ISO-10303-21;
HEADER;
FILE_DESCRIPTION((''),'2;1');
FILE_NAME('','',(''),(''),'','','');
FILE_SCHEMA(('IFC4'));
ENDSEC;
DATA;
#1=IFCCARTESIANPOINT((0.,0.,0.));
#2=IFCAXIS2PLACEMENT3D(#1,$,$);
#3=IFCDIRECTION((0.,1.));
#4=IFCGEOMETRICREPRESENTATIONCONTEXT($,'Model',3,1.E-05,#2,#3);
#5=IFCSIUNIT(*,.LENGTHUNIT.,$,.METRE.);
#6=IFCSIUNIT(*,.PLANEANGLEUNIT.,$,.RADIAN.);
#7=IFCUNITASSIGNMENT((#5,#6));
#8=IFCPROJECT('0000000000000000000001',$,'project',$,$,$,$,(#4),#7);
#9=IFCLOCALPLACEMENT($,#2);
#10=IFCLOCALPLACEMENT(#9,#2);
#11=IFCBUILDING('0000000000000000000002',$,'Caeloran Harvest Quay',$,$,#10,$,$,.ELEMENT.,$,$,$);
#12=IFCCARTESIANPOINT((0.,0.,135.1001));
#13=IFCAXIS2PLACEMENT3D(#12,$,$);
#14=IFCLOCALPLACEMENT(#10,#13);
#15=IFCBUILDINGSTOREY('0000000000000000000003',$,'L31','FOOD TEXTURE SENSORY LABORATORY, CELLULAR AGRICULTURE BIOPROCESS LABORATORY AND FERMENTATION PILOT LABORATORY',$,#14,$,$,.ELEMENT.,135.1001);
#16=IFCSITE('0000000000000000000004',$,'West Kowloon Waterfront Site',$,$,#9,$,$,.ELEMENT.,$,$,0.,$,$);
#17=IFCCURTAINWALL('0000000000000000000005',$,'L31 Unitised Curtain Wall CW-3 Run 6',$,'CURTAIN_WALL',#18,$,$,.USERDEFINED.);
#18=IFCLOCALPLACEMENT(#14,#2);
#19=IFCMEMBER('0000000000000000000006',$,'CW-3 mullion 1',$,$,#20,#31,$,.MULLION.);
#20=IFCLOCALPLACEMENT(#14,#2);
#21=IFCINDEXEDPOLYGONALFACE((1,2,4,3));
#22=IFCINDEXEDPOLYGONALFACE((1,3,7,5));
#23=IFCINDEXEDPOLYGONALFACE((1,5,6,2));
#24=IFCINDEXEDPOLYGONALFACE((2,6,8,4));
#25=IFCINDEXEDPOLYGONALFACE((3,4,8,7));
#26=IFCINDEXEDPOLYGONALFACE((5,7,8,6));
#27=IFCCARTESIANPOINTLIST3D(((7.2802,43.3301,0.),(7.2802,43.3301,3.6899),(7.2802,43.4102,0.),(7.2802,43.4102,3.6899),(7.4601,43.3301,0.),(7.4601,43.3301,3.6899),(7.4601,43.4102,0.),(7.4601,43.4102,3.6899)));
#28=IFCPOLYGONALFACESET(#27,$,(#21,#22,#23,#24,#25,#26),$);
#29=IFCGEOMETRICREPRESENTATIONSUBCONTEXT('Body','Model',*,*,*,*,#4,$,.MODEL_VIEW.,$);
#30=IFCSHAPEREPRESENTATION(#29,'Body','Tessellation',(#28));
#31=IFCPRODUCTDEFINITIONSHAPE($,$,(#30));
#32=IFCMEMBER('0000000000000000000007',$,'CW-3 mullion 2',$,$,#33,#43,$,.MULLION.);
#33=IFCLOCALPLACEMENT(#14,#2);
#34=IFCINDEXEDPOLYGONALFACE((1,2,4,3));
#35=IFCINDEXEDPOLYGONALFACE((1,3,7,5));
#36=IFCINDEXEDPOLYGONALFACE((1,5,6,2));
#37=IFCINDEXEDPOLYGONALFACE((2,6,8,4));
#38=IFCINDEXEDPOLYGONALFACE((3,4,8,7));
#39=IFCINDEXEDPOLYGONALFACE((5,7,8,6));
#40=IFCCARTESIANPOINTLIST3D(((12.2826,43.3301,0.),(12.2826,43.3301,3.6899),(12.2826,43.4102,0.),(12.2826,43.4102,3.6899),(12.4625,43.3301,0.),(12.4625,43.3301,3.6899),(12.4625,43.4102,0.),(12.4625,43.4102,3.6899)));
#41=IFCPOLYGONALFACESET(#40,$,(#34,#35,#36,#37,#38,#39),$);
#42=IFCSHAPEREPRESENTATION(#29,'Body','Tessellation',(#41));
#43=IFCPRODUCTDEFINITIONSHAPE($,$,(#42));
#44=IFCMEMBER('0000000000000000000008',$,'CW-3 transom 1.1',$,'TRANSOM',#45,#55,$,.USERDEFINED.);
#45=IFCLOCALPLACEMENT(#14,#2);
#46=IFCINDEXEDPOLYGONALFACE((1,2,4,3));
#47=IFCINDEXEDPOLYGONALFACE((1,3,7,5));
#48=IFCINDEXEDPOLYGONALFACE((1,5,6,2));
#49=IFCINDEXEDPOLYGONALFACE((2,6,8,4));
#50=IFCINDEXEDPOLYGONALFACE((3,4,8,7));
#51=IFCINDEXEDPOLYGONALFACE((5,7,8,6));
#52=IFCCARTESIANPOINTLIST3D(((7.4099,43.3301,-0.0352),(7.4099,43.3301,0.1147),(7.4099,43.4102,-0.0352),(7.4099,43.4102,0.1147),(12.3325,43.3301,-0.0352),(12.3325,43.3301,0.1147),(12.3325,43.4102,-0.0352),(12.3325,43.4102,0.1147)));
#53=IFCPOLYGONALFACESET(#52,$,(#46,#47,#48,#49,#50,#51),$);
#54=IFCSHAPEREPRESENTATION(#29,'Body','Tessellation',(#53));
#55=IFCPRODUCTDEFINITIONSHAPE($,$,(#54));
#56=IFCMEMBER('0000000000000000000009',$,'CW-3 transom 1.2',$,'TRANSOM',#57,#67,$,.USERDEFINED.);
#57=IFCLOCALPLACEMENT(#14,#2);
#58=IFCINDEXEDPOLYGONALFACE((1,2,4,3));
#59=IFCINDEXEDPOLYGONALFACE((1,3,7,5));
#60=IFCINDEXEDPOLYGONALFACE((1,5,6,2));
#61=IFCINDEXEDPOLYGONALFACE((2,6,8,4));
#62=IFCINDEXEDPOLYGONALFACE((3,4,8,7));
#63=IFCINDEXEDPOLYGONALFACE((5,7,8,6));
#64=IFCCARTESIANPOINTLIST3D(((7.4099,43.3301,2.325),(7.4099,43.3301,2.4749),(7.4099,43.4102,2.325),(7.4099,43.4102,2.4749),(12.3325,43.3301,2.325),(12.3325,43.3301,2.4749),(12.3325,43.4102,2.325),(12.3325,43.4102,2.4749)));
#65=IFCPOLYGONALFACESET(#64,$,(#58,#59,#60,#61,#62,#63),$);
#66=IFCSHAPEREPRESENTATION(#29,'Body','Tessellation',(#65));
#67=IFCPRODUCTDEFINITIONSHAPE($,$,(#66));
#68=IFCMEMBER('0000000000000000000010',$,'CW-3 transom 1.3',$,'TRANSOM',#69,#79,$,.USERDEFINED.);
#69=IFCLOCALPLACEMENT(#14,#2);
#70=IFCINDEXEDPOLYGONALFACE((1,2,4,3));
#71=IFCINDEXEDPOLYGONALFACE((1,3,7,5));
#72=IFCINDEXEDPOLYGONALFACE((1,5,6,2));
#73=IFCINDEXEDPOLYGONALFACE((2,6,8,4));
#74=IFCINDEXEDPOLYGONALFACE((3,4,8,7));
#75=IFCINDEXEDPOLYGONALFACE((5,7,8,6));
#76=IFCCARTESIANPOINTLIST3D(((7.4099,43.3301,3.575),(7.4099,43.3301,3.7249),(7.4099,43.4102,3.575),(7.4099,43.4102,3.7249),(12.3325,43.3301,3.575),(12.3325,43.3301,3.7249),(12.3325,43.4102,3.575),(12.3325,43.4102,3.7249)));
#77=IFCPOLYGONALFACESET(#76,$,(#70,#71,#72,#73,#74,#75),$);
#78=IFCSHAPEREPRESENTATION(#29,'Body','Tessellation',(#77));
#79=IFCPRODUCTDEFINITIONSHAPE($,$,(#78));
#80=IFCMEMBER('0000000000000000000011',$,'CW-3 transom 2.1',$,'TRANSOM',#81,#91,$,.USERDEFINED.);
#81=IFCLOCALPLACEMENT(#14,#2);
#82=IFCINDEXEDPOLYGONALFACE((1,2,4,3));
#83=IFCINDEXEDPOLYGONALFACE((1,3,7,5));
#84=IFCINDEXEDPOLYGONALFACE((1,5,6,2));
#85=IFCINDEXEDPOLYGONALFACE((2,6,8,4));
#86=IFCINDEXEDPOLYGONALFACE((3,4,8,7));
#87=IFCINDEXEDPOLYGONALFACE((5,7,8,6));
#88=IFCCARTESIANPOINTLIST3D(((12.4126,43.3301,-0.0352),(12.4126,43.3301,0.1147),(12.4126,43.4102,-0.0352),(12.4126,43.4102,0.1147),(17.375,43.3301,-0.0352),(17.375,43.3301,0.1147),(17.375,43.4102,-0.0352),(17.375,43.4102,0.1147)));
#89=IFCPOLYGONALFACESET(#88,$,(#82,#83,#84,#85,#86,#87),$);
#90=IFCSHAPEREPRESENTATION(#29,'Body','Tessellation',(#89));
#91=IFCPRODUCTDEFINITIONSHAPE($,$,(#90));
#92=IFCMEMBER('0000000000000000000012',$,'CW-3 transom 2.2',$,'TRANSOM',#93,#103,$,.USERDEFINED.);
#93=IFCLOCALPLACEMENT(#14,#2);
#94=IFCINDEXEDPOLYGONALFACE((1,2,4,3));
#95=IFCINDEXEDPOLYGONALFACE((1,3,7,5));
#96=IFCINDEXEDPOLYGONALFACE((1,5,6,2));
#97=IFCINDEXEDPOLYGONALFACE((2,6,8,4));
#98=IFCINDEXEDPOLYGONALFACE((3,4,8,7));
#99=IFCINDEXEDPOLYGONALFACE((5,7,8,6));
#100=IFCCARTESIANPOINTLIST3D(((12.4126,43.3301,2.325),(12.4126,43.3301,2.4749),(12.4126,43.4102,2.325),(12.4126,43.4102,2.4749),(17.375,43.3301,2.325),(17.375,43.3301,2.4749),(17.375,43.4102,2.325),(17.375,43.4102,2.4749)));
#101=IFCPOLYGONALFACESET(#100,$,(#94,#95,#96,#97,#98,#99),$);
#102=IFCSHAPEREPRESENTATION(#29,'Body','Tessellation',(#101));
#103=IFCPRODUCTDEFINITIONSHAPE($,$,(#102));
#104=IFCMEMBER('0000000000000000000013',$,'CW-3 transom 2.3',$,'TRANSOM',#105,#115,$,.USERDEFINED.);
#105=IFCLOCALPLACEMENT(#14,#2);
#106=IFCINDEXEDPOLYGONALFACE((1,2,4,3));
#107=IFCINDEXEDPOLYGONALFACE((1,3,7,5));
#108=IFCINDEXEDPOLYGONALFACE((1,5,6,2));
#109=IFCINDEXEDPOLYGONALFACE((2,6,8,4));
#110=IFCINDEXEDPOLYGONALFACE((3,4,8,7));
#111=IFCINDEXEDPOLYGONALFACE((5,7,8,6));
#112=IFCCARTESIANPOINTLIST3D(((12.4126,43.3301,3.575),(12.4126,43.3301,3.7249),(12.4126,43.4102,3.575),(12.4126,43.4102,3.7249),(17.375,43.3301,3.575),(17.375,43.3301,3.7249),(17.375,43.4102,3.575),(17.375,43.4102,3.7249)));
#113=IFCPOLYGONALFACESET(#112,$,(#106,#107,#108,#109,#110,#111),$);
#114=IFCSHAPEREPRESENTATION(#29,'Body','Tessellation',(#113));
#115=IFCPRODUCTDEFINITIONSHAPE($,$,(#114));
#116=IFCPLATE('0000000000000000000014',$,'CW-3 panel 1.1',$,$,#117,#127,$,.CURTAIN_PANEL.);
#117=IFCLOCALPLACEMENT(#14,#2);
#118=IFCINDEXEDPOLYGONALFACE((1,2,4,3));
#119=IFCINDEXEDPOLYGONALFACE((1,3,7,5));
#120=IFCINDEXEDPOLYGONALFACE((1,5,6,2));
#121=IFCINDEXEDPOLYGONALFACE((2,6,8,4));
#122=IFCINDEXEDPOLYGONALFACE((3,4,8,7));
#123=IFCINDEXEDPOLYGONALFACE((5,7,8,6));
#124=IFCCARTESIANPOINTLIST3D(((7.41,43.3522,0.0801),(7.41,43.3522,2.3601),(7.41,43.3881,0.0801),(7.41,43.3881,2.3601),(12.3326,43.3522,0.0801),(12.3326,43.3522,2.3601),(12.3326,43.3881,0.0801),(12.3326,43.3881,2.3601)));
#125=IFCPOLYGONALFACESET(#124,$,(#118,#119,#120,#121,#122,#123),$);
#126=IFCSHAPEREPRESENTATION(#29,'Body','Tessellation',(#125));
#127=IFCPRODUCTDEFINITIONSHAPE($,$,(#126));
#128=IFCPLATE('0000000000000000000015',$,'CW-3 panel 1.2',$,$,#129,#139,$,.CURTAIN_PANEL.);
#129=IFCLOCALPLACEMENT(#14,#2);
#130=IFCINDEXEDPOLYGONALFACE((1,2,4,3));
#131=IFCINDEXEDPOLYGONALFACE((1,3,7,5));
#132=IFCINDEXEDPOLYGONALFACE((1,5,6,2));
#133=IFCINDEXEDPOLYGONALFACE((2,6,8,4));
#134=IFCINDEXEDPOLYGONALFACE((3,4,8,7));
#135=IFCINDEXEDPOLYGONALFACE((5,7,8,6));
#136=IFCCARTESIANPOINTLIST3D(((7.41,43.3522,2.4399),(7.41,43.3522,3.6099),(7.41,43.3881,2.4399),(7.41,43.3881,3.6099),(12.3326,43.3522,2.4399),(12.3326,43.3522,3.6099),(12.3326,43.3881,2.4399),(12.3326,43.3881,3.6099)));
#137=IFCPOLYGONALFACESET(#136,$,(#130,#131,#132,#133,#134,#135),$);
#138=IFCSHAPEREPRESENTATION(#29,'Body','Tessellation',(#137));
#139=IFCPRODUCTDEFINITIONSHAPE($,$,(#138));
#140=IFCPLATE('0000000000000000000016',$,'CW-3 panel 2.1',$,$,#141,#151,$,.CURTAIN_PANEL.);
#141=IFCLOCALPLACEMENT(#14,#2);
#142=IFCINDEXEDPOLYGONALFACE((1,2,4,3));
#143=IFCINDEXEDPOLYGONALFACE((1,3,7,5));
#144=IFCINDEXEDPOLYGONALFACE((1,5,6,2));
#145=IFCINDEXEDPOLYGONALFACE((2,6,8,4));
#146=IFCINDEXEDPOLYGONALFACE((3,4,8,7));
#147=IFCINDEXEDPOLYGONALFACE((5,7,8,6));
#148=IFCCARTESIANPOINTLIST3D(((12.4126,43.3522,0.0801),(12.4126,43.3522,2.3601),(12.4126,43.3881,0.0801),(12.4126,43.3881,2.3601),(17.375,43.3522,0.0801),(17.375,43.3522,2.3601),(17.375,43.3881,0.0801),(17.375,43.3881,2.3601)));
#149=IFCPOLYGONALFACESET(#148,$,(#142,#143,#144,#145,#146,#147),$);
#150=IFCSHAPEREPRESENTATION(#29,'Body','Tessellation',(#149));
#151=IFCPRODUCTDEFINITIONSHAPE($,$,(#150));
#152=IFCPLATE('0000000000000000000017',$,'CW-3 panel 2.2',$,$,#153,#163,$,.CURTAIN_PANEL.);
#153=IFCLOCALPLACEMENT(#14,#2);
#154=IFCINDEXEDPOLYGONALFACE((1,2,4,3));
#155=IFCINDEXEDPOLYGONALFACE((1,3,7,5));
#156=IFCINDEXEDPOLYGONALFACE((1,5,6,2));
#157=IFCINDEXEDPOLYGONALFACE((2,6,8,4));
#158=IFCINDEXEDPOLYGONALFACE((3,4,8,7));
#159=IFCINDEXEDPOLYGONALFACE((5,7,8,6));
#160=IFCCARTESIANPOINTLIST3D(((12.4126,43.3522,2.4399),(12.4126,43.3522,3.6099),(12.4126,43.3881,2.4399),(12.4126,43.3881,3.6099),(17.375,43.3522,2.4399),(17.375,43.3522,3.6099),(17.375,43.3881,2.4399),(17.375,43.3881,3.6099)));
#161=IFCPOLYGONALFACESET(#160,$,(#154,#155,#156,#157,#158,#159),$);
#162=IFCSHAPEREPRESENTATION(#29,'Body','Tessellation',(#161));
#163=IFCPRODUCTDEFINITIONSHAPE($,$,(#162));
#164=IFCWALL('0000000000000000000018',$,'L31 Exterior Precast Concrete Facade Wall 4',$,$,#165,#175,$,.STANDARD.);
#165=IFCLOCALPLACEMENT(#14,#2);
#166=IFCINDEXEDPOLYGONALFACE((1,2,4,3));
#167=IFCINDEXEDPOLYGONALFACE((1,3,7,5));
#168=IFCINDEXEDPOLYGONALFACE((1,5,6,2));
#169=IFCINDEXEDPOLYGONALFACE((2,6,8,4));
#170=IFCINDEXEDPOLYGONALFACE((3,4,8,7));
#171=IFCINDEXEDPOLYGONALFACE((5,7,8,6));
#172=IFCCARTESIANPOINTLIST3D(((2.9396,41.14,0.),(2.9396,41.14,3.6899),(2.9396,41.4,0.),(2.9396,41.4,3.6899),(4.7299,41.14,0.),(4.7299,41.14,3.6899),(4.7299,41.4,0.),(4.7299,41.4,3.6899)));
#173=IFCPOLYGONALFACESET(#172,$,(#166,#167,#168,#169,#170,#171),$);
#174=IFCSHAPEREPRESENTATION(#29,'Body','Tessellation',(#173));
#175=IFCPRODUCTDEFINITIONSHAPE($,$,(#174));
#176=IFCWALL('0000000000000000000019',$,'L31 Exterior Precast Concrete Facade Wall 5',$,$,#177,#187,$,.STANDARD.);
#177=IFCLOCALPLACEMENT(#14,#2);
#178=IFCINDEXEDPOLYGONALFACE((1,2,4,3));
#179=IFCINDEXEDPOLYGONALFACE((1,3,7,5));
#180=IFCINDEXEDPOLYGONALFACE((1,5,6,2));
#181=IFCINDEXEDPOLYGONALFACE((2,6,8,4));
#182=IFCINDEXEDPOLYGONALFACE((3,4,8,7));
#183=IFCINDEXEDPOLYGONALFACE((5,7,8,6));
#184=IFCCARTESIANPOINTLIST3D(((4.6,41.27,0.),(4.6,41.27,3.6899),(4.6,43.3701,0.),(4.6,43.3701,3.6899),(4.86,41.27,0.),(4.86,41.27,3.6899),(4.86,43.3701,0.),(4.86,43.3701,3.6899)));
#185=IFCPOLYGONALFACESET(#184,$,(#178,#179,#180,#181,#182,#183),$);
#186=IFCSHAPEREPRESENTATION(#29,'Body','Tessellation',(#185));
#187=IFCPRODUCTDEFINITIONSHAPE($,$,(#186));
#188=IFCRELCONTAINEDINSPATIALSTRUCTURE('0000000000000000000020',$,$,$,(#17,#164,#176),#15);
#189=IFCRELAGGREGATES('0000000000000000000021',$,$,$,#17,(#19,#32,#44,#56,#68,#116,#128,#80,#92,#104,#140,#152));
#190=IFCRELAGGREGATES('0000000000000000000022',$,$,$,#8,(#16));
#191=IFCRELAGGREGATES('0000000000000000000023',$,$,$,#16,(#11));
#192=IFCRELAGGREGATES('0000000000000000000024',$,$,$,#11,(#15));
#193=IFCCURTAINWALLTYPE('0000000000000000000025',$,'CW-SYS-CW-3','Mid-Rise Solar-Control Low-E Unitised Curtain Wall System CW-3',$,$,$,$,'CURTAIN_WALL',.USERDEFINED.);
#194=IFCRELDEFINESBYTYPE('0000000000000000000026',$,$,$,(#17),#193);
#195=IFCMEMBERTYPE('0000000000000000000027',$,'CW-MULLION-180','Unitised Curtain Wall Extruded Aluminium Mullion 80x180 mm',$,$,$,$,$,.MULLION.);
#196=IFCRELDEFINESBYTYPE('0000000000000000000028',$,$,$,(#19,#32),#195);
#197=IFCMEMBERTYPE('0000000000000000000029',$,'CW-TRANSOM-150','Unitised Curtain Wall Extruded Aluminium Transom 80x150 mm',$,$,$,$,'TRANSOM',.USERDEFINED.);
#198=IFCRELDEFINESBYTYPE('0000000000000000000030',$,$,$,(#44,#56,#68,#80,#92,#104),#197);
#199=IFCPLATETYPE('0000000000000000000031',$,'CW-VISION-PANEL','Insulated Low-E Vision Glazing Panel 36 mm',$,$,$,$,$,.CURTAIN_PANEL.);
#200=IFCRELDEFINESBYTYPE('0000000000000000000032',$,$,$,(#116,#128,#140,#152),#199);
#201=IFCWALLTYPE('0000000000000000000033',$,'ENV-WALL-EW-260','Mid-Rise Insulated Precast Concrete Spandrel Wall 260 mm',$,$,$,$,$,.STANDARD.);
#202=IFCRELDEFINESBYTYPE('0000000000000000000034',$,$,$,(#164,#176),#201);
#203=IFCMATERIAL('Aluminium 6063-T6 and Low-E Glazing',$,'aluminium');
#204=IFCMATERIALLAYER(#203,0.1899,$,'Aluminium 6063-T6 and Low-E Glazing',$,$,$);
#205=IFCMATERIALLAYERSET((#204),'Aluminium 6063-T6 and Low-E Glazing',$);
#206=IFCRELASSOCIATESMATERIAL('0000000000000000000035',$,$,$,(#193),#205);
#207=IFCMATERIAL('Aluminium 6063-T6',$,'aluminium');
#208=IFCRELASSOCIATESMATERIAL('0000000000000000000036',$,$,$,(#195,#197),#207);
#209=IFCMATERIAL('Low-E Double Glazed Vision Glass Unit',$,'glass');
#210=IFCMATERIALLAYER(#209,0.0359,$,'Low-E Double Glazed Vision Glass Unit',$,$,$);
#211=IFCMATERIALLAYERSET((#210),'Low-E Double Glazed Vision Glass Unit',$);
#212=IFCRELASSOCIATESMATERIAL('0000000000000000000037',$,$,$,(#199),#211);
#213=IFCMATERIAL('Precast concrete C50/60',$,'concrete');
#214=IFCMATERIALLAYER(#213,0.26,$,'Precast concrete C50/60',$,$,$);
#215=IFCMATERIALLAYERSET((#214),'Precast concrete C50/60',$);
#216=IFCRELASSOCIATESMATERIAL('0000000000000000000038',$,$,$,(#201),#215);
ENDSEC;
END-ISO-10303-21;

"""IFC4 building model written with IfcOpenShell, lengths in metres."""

from ifc_helpers import new_model, si_unit, direction, frame, frame_2d, origin, origin_2d, place, context, subcontext, project, spatial, rectangle, extrude, material, layer, layer_set, material_profile, profile_set, type_object, element, aggregate, save


model = new_model("IFC4")

# Units and contexts
model_context = context("Model", 3, precision=1e-05, world=origin(), true_north=direction((0.0, 1.0)))
body_context = subcontext(model_context, "Body", "Model", "MODEL_VIEW")
ifc_project = project(units=[si_unit("LENGTHUNIT", "METRE"), si_unit("PLANEANGLEUNIT", "RADIAN")], contexts=[model_context])

# Site, building, storey
site_placement = place(None, origin())
site = spatial("IfcSite", under=ifc_project, at=site_placement, Name="West Kowloon Waterfront Site", CompositionType="ELEMENT", RefElevation=0.0)
building_placement = place(site_placement, origin())
building = spatial("IfcBuilding", under=site, at=building_placement, Name="Caeloran Harvest Quay", CompositionType="ELEMENT")
storey_placement = place(building_placement, frame((0.0, 0.0, 135.1001)))
storey = spatial("IfcBuildingStorey", under=building, at=storey_placement, Name="L31", Description="FOOD TEXTURE SENSORY LABORATORY, CELLULAR AGRICULTURE BIOPROCESS LABORATORY AND FERMENTATION PILOT LABORATORY", CompositionType="ELEMENT", Elevation=135.1001)

# Curtain wall, members, plates
ifc_material_1 = material(Name="Aluminium 6063-T6 and Low-E Glazing", Category="aluminium")
ifc_layer_1 = layer(ifc_material_1, 0.1899, Name="Aluminium 6063-T6 and Low-E Glazing")
ifc_layer_set_1 = layer_set([ifc_layer_1], Name="Aluminium 6063-T6 and Low-E Glazing")
curtain_wall_type = type_object("IfcCurtainWallType", Name="CW-SYS-CW-3", Description="Mid-Rise Solar-Control Low-E Unitised Curtain Wall System CW-3", ElementType="CURTAIN_WALL", PredefinedType="USERDEFINED", material=ifc_layer_set_1)
curtain_wall_placement = place(storey_placement, origin())
curtain_wall = element("IfcCurtainWall", 1, at=curtain_wall_placement, inside=storey, type_object=curtain_wall_type, Name="L31 Unitised Curtain Wall CW-3 Run 6", ObjectType="CURTAIN_WALL", PredefinedType="USERDEFINED")
ifc_material_2 = material(Name="Aluminium 6063-T6", Category="aluminium")
ifc_material_profile_1 = material_profile(ifc_material_2, rectangle(XDim=0.0801, YDim=0.1799, at=origin_2d()), Name="CW-MULLION-180")
ifc_profile_set_1 = profile_set([ifc_material_profile_1], Name="Aluminium 6063-T6")
member_type_1 = type_object("IfcMemberType", Name="CW-MULLION-180", Description="Unitised Curtain Wall Extruded Aluminium Mullion 80x180 mm", PredefinedType="MULLION", material=ifc_profile_set_1)
member_1_placement = place(storey_placement, frame((7.3701, 43.3701, 0.0), z_axis=(0.0, 0.0, 1.0), x_axis=(0.0, 1.0, 0.0)))
member_1 = element("IfcMember", 2, at=member_1_placement, type_object=member_type_1, Name="CW-3 mullion 1", PredefinedType="MULLION", context=body_context, shape_type="SweptSolid", body=[
    extrude(rectangle(XDim=0.0801, YDim=0.1799, at=origin_2d()), origin(), (0.0, 0.0, 1.0), 3.6899),
])
member_2_placement = place(storey_placement, frame((12.3726, 43.3701, 0.0), z_axis=(0.0, 0.0, 1.0), x_axis=(0.0, 1.0, 0.0)))
member_2 = element("IfcMember", 3, at=member_2_placement, type_object=member_type_1, Name="CW-3 mullion 2", PredefinedType="MULLION", context=body_context, shape_type="SweptSolid", body=[
    extrude(rectangle(XDim=0.0801, YDim=0.1799, at=origin_2d()), origin(), (0.0, 0.0, 1.0), 3.6899),
])
ifc_material_profile_2 = material_profile(ifc_material_2, rectangle(XDim=0.0801, YDim=0.1499, at=origin_2d()), Name="CW-TRANSOM-150")
ifc_profile_set_2 = profile_set([ifc_material_profile_2], Name="Aluminium 6063-T6")
member_type_2 = type_object("IfcMemberType", Name="CW-TRANSOM-150", Description="Unitised Curtain Wall Extruded Aluminium Transom 80x150 mm", ElementType="TRANSOM", PredefinedType="USERDEFINED", material=ifc_profile_set_2)
member_3_placement = place(storey_placement, frame((7.4099, 43.3701, 0.0398), z_axis=(1.0, 0.0, 0.0), x_axis=(0.0, 1.0, 0.0)))
member_3 = element("IfcMember", 4, at=member_3_placement, type_object=member_type_2, Name="CW-3 transom 1.1", ObjectType="TRANSOM", PredefinedType="USERDEFINED", context=body_context, shape_type="SweptSolid", body=[
    extrude(rectangle(XDim=0.0801, YDim=0.1499, at=origin_2d()), origin(), (0.0, 0.0, 1.0), 4.9226),
])
member_4_placement = place(storey_placement, frame((7.4099, 43.3701, 2.3999), z_axis=(1.0, 0.0, 0.0), x_axis=(0.0, 1.0, 0.0)))
member_4 = element("IfcMember", 5, at=member_4_placement, type_object=member_type_2, Name="CW-3 transom 1.2", ObjectType="TRANSOM", PredefinedType="USERDEFINED", context=body_context, shape_type="SweptSolid", body=[
    extrude(rectangle(XDim=0.0801, YDim=0.1499, at=origin_2d()), origin(), (0.0, 0.0, 1.0), 4.9226),
])
member_5_placement = place(storey_placement, frame((7.4099, 43.3701, 3.6499), z_axis=(1.0, 0.0, 0.0), x_axis=(0.0, 1.0, 0.0)))
member_5 = element("IfcMember", 6, at=member_5_placement, type_object=member_type_2, Name="CW-3 transom 1.3", ObjectType="TRANSOM", PredefinedType="USERDEFINED", context=body_context, shape_type="SweptSolid", body=[
    extrude(rectangle(XDim=0.0801, YDim=0.1499, at=origin_2d()), origin(), (0.0, 0.0, 1.0), 4.9226),
])
member_6_placement = place(storey_placement, frame((12.4126, 43.3701, 0.0398), z_axis=(1.0, 0.0, 0.0), x_axis=(0.0, 1.0, 0.0)))
member_6 = element("IfcMember", 7, at=member_6_placement, type_object=member_type_2, Name="CW-3 transom 2.1", ObjectType="TRANSOM", PredefinedType="USERDEFINED", context=body_context, shape_type="SweptSolid", body=[
    extrude(rectangle(XDim=0.0801, YDim=0.1499, at=origin_2d()), origin(), (0.0, 0.0, 1.0), 4.9624),
])
member_7_placement = place(storey_placement, frame((12.4126, 43.3701, 2.3999), z_axis=(1.0, 0.0, 0.0), x_axis=(0.0, 1.0, 0.0)))
member_7 = element("IfcMember", 8, at=member_7_placement, type_object=member_type_2, Name="CW-3 transom 2.2", ObjectType="TRANSOM", PredefinedType="USERDEFINED", context=body_context, shape_type="SweptSolid", body=[
    extrude(rectangle(XDim=0.0801, YDim=0.1499, at=origin_2d()), origin(), (0.0, 0.0, 1.0), 4.9624),
])
member_8_placement = place(storey_placement, frame((12.4126, 43.3701, 3.6499), z_axis=(1.0, 0.0, 0.0), x_axis=(0.0, 1.0, 0.0)))
member_8 = element("IfcMember", 9, at=member_8_placement, type_object=member_type_2, Name="CW-3 transom 2.3", ObjectType="TRANSOM", PredefinedType="USERDEFINED", context=body_context, shape_type="SweptSolid", body=[
    extrude(rectangle(XDim=0.0801, YDim=0.1499, at=origin_2d()), origin(), (0.0, 0.0, 1.0), 4.9624),
])
ifc_material_3 = material(Name="Low-E Double Glazed Vision Glass Unit", Category="glass")
ifc_layer_2 = layer(ifc_material_3, 0.0359, Name="Low-E Double Glazed Vision Glass Unit")
ifc_layer_set_2 = layer_set([ifc_layer_2], Name="Low-E Double Glazed Vision Glass Unit")
plate_type = type_object("IfcPlateType", Name="CW-VISION-PANEL", Description="Insulated Low-E Vision Glazing Panel 36 mm", PredefinedType="CURTAIN_PANEL", material=ifc_layer_set_2)
plate_1_placement = place(storey_placement, frame((9.8713, 43.3701, 0.0801), z_axis=(0.0, 0.0, 1.0), x_axis=(1.0, 0.0, 0.0)))
plate_1 = element("IfcPlate", 10, at=plate_1_placement, type_object=plate_type, Name="CW-3 panel 1.1", PredefinedType="CURTAIN_PANEL", context=body_context, shape_type="SweptSolid", body=[
    extrude(rectangle(XDim=4.9226, YDim=0.0359, at=origin_2d()), origin(), (0.0, 0.0, 1.0), 2.28),
])
plate_2_placement = place(storey_placement, frame((9.8713, 43.3701, 2.4399), z_axis=(0.0, 0.0, 1.0), x_axis=(1.0, 0.0, 0.0)))
plate_2 = element("IfcPlate", 11, at=plate_2_placement, type_object=plate_type, Name="CW-3 panel 1.2", PredefinedType="CURTAIN_PANEL", context=body_context, shape_type="SweptSolid", body=[
    extrude(rectangle(XDim=4.9226, YDim=0.0359, at=origin_2d()), origin(), (0.0, 0.0, 1.0), 1.1699),
])
plate_3_placement = place(storey_placement, frame((14.8938, 43.3701, 0.0801), z_axis=(0.0, 0.0, 1.0), x_axis=(1.0, 0.0, 0.0)))
plate_3 = element("IfcPlate", 12, at=plate_3_placement, type_object=plate_type, Name="CW-3 panel 2.1", PredefinedType="CURTAIN_PANEL", context=body_context, shape_type="SweptSolid", body=[
    extrude(rectangle(XDim=4.9624, YDim=0.0359, at=origin_2d()), origin(), (0.0, 0.0, 1.0), 2.28),
])
plate_4_placement = place(storey_placement, frame((14.8938, 43.3701, 2.4399), z_axis=(0.0, 0.0, 1.0), x_axis=(1.0, 0.0, 0.0)))
plate_4 = element("IfcPlate", 13, at=plate_4_placement, type_object=plate_type, Name="CW-3 panel 2.2", PredefinedType="CURTAIN_PANEL", context=body_context, shape_type="SweptSolid", body=[
    extrude(rectangle(XDim=4.9624, YDim=0.0359, at=origin_2d()), origin(), (0.0, 0.0, 1.0), 1.1699),
])
aggregate(curtain_wall, [member_1, member_2, member_3, member_4, member_5, plate_1, plate_2, member_6, member_7, member_8, plate_3, plate_4])

# Walls
ifc_material_4 = material(Name="Precast concrete C50/60", Category="concrete")
ifc_layer_3 = layer(ifc_material_4, 0.26, Name="Precast concrete C50/60")
ifc_layer_set_3 = layer_set([ifc_layer_3], Name="Precast concrete C50/60")
wall_type_1 = type_object("IfcWallType", Name="ENV-WALL-EW-260", Description="Mid-Rise Insulated Precast Concrete Spandrel Wall 260 mm", PredefinedType="STANDARD", material=ifc_layer_set_3)
wall_1_placement = place(storey_placement, frame((2.9397, 41.27, 0.0), z_axis=(0.0, 0.0, 1.0), x_axis=(1.0, 0.0, 0.0)))
element("IfcWall", 14, at=wall_1_placement, inside=storey, type_object=wall_type_1, Name="L31 Exterior Precast Concrete Facade Wall 4", PredefinedType="STANDARD", context=body_context, shape_type="SweptSolid", body=[
    extrude(rectangle(XDim=1.7903, YDim=0.26, at=frame_2d((0.895, 0.0))), origin(), (0.0, 0.0, 1.0), 3.6899),
])
wall_2_placement = place(storey_placement, frame((4.73, 41.27, 0.0), z_axis=(0.0, 0.0, 1.0), x_axis=(0.0, 1.0, 0.0)))
element("IfcWall", 15, at=wall_2_placement, inside=storey, type_object=wall_type_1, Name="L31 Exterior Precast Concrete Facade Wall 5", PredefinedType="STANDARD", context=body_context, shape_type="SweptSolid", body=[
    extrude(rectangle(XDim=2.1001, YDim=0.26, at=frame_2d((1.05, 0.0))), origin(), (0.0, 0.0, 1.0), 3.6899),
])

save(model, "model.ifc")
